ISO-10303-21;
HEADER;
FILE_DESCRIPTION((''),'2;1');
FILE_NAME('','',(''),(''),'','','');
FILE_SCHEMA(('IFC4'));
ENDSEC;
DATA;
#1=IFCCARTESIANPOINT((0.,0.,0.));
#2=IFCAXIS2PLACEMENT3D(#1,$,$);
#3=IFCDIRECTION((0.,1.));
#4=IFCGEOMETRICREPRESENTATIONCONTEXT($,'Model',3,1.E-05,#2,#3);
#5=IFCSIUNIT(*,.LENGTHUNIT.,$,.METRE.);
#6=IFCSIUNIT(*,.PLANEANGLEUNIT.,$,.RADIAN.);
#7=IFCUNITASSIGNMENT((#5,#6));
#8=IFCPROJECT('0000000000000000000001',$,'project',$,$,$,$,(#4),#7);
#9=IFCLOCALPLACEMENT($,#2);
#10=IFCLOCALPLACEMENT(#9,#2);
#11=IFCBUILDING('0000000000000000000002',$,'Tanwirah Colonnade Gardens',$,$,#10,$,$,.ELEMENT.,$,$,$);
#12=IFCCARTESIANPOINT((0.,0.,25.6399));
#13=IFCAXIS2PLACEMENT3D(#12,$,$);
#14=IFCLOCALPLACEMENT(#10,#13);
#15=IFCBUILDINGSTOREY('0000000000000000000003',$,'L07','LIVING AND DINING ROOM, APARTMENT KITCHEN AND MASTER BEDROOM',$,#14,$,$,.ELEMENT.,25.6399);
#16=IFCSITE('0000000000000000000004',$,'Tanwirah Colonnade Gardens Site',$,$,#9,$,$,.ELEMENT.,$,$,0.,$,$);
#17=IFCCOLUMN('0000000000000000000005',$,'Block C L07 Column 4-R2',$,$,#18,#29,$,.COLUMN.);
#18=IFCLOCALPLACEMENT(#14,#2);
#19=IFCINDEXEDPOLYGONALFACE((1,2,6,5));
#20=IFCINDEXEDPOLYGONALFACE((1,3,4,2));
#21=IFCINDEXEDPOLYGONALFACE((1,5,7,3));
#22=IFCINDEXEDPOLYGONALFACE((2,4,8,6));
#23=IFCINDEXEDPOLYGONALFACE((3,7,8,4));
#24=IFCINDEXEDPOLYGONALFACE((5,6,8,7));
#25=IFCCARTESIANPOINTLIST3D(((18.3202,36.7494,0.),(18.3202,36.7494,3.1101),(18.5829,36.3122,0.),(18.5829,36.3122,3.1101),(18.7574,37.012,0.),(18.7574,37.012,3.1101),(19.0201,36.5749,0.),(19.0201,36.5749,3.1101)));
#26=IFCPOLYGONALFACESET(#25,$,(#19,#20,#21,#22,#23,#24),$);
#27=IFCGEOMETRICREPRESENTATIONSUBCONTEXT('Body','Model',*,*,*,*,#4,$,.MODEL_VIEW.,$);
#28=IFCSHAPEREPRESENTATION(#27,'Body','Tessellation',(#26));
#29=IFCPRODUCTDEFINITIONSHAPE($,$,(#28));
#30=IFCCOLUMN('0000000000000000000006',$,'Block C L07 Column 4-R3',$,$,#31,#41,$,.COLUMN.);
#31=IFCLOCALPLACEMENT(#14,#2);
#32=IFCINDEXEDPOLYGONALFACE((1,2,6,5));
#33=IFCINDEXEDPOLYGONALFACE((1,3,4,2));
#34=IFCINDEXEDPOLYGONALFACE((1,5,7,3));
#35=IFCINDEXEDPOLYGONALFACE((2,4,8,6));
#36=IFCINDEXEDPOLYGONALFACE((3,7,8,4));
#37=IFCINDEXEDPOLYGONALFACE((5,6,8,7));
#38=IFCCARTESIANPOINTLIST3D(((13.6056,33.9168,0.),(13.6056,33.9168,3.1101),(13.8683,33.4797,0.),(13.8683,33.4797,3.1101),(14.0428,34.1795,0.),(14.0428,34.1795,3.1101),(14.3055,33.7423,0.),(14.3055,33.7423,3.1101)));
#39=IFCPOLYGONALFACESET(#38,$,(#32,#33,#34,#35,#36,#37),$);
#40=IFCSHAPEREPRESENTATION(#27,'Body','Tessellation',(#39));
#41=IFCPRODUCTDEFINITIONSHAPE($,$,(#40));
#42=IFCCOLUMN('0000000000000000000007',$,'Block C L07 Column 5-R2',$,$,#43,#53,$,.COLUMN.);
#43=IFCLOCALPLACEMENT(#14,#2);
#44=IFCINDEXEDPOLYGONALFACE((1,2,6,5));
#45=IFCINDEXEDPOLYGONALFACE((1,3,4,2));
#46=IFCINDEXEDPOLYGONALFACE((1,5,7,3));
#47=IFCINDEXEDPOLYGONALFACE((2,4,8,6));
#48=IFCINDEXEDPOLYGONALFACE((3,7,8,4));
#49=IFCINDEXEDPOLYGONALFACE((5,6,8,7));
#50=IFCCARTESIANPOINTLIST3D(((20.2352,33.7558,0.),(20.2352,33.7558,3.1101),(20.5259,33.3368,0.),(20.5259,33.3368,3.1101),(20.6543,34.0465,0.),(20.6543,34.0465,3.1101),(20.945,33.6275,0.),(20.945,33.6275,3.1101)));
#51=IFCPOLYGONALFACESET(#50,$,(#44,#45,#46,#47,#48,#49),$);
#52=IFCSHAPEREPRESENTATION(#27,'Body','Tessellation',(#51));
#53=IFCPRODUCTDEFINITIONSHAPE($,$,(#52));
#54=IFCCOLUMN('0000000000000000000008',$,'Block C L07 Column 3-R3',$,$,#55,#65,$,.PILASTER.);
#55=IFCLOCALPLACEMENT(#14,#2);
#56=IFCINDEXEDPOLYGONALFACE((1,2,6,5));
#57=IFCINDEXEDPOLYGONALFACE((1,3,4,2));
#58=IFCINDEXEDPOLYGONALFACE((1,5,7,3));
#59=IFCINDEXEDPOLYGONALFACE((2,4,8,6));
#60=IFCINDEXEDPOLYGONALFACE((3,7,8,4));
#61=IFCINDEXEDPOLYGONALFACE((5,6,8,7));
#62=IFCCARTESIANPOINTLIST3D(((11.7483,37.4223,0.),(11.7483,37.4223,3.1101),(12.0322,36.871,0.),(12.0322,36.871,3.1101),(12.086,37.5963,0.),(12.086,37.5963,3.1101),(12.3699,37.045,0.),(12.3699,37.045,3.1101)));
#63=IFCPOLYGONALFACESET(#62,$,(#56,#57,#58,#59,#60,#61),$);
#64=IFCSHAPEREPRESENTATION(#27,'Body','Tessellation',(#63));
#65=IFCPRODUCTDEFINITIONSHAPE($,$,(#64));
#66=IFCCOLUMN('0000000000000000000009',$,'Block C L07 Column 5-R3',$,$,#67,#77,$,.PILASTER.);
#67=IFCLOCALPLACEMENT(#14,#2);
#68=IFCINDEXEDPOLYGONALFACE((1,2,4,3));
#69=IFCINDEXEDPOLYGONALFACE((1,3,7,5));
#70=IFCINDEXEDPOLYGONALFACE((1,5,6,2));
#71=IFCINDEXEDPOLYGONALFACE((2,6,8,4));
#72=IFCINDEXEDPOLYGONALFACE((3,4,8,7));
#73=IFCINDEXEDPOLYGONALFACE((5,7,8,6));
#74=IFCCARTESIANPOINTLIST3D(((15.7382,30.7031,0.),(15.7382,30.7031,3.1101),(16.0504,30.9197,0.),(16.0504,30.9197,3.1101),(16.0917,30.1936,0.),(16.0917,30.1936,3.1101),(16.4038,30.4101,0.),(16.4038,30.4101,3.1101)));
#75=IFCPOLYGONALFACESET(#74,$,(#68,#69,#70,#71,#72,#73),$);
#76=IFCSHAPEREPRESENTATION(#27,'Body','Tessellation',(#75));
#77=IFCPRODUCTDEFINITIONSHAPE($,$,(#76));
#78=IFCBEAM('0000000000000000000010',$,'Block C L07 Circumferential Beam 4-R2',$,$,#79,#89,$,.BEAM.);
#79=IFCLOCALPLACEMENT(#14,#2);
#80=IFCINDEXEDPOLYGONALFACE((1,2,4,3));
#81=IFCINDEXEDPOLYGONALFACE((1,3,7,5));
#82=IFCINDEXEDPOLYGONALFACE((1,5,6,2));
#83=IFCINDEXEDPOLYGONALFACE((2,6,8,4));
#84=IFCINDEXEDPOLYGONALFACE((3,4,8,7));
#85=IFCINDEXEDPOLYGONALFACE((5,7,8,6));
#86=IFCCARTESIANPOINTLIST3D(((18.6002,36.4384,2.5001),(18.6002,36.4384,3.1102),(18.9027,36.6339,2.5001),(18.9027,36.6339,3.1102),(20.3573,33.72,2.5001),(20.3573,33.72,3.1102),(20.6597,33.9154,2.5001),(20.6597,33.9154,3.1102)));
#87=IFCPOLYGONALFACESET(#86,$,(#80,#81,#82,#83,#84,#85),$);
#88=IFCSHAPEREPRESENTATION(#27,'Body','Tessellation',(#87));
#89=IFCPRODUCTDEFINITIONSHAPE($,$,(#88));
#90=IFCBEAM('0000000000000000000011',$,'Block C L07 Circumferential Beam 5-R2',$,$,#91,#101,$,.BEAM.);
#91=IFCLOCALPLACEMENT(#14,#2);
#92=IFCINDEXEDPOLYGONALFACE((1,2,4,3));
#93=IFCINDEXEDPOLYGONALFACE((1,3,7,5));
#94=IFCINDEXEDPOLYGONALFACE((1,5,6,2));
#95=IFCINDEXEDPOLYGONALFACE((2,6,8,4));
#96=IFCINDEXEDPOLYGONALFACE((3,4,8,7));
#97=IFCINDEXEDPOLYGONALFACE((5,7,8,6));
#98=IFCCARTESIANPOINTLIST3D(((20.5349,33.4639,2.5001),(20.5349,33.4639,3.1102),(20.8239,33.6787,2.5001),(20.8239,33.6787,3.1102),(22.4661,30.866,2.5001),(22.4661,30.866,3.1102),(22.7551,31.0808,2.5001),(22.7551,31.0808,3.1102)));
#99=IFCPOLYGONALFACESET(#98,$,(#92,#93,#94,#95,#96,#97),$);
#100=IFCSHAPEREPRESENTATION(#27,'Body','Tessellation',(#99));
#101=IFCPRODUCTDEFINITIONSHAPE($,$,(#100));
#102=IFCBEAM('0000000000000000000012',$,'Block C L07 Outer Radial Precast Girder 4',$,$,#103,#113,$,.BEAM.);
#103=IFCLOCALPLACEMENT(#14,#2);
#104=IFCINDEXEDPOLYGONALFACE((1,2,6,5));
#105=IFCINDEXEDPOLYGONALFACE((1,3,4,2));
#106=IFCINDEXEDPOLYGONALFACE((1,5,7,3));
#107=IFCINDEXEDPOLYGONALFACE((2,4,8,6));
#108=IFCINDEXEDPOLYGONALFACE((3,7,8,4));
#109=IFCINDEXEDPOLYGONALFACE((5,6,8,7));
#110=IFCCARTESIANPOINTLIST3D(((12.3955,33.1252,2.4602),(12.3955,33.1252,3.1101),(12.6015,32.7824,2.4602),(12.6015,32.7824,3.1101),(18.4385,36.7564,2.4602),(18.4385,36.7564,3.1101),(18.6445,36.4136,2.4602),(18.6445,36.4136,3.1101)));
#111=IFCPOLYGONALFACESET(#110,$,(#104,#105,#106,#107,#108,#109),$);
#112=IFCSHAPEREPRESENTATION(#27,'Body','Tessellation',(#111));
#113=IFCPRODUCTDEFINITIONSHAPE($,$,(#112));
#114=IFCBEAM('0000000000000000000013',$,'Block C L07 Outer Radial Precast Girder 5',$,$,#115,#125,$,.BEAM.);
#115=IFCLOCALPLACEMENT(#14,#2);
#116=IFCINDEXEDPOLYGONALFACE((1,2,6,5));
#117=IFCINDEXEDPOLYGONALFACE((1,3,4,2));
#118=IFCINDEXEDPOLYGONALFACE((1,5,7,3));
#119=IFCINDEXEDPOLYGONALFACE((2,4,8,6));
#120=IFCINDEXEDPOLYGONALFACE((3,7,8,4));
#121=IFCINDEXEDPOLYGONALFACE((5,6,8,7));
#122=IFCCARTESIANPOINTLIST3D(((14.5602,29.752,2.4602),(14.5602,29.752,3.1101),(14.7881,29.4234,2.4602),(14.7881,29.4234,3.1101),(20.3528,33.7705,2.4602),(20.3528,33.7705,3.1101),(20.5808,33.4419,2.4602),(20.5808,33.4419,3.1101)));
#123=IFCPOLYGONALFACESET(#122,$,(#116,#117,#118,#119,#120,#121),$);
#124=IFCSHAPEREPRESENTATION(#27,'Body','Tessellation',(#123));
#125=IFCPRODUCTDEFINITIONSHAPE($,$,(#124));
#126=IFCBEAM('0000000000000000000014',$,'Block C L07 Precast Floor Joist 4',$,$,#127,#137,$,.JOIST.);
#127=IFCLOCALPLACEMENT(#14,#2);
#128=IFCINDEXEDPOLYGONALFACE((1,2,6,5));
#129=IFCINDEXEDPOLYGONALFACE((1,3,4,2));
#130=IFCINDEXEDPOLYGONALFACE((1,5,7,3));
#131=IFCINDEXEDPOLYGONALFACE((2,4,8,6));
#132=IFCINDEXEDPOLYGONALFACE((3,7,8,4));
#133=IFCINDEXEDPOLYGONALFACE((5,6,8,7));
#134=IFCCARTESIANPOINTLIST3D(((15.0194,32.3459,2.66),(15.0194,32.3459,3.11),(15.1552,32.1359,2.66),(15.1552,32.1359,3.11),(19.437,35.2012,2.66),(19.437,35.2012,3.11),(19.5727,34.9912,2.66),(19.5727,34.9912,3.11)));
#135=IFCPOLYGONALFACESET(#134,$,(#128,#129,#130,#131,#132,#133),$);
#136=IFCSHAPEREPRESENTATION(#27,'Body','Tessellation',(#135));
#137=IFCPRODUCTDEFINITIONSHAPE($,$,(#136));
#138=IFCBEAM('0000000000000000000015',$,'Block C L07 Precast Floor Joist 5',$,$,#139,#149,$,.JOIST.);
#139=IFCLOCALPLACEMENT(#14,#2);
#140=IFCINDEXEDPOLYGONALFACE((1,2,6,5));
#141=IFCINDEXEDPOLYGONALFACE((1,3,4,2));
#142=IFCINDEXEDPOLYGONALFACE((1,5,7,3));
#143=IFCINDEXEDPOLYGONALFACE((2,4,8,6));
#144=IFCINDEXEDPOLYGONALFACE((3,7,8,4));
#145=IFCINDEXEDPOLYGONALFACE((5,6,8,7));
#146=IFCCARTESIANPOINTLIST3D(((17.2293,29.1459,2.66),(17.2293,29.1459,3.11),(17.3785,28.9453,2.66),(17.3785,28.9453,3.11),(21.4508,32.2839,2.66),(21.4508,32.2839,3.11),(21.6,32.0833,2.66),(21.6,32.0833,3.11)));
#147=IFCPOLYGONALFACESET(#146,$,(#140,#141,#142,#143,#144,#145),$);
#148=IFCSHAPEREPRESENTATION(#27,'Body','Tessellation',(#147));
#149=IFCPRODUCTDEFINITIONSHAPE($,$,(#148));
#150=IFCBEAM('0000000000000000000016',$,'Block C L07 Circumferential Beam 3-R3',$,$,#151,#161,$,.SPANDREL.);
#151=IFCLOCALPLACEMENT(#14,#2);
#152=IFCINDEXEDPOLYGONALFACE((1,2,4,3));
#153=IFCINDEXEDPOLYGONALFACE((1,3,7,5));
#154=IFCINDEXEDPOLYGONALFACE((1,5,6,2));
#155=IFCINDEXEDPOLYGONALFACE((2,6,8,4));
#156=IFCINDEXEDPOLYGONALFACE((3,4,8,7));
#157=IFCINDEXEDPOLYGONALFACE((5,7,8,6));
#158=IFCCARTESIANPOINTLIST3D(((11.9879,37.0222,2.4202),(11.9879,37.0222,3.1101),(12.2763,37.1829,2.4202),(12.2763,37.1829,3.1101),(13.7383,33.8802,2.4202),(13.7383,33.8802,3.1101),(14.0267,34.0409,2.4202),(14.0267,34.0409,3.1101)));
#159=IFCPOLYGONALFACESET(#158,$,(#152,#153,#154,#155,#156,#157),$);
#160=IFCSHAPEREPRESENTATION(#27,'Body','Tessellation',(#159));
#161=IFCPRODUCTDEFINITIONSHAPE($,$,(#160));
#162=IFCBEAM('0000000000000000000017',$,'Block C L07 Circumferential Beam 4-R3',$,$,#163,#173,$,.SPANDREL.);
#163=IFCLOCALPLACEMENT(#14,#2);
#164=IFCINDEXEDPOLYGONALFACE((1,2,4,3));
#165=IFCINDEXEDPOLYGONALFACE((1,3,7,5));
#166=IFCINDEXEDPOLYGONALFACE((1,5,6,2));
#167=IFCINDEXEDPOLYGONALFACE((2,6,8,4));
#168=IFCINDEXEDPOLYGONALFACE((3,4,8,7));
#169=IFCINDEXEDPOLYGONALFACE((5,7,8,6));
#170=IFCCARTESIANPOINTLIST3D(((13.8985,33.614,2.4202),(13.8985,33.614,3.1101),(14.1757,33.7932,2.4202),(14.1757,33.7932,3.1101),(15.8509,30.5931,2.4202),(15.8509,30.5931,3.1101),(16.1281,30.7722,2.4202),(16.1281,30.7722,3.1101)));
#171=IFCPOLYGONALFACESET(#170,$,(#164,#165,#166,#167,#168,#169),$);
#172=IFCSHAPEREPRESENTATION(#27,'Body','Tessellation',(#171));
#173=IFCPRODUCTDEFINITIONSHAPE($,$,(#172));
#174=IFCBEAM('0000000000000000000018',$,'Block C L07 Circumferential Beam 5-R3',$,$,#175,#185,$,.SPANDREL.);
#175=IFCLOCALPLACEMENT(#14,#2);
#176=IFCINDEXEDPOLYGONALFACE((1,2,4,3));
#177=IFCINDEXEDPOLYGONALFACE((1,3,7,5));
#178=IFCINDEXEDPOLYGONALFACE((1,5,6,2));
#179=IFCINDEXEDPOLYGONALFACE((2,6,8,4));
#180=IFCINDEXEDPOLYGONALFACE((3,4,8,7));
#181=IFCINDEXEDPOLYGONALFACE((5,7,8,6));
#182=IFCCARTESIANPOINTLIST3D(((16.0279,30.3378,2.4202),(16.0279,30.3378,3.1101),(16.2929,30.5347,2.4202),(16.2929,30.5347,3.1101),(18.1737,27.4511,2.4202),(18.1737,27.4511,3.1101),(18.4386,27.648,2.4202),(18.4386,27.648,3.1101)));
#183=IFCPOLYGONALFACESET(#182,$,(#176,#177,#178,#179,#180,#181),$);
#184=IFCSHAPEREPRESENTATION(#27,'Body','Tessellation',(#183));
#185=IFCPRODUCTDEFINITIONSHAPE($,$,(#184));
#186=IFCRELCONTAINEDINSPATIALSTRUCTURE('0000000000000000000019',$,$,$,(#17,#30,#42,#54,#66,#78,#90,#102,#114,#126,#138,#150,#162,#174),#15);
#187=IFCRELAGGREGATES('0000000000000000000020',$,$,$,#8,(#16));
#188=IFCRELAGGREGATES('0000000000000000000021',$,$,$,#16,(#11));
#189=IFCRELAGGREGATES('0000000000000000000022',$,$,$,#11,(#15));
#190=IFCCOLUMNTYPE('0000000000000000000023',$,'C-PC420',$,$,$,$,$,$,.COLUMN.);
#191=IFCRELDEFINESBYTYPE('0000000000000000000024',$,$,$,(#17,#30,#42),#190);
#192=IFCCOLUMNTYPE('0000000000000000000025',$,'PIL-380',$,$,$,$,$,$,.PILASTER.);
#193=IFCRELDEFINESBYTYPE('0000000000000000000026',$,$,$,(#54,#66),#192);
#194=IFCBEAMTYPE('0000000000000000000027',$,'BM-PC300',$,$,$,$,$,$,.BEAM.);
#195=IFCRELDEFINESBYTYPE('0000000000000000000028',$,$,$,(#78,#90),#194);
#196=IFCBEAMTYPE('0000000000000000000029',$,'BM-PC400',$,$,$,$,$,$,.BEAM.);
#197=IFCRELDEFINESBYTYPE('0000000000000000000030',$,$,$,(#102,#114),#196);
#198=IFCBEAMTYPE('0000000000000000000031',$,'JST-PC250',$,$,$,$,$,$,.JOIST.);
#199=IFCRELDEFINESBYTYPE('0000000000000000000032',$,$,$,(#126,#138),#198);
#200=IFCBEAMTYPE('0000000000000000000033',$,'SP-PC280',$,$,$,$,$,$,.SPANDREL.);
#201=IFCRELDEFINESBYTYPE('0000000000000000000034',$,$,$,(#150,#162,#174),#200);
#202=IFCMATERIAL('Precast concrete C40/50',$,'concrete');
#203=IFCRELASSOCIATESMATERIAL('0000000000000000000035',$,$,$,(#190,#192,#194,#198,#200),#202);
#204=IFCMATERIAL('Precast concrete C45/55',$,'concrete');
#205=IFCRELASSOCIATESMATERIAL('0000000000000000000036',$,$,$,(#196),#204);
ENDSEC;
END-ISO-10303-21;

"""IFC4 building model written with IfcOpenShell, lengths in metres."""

from ifc_helpers import new_model, si_unit, direction, frame, origin, origin_2d, place, context, subcontext, project, spatial, rectangle, extrude, material, material_profile, profile_set, type_object, element, save


model = new_model("IFC4")

# Units and contexts
model_context = context("Model", 3, precision=1e-05, world=origin(), true_north=direction((0.0, 1.0)))
body_context = subcontext(model_context, "Body", "Model", "MODEL_VIEW")
ifc_project = project(units=[si_unit("LENGTHUNIT", "METRE"), si_unit("PLANEANGLEUNIT", "RADIAN")], contexts=[model_context])

# Site, building, storey
site_placement = place(None, origin())
site = spatial("IfcSite", under=ifc_project, at=site_placement, Name="Tanwirah Colonnade Gardens Site", CompositionType="ELEMENT", RefElevation=0.0)
building_placement = place(site_placement, origin())
building = spatial("IfcBuilding", under=site, at=building_placement, Name="Tanwirah Colonnade Gardens", CompositionType="ELEMENT")
storey_placement = place(building_placement, frame((0.0, 0.0, 25.6399)))
storey = spatial("IfcBuildingStorey", under=building, at=storey_placement, Name="L07", Description="LIVING AND DINING ROOM, APARTMENT KITCHEN AND MASTER BEDROOM", CompositionType="ELEMENT", Elevation=25.6399)

# Columns
ifc_material_1 = material(Name="Precast concrete C40/50", Category="concrete")
ifc_material_profile_1 = material_profile(ifc_material_1, rectangle(XDim=0.51, YDim=0.51, at=origin_2d()), Name="PC-COL 510x510")
ifc_profile_set_1 = profile_set([ifc_material_profile_1], Name="Precast concrete C40/50")
column_type_1 = type_object("IfcColumnType", Name="C-PC420", PredefinedType="COLUMN", material=ifc_profile_set_1)
for number, where, z_axis, x_axis, name in (
    (1, (18.6702, 36.6621, 0.0), (0.0, 0.0, 1.0), (-0.857167, -0.515038, 0.0), "Block C L07 Column 4-R2"),
    (2, (13.9556, 33.8296, 0.0), (0.0, 0.0, 1.0), (-0.857167, -0.515038, 0.0), "Block C L07 Column 4-R3"),
    (3, (20.5901, 33.6917, 0.0), (0.0, 0.0, 1.0), (-0.821647, -0.569997, 0.0), "Block C L07 Column 5-R2"),
):
    element("IfcColumn", number, at=place(storey_placement, frame(where, z_axis=z_axis, x_axis=x_axis)), inside=storey, type_object=column_type_1, Name=name, PredefinedType="COLUMN", context=body_context, shape_type="SweptSolid", body=[
        extrude(rectangle(XDim=0.51, YDim=0.51, at=origin_2d()), origin(), (0.0, 0.0, 1.0), 3.1101),
    ])
ifc_material_profile_2 = material_profile(ifc_material_1, rectangle(XDim=0.3799, YDim=0.6201, at=origin_2d()), Name="PC-PIL 380x620")
ifc_profile_set_2 = profile_set([ifc_material_profile_2], Name="Precast concrete C40/50")
column_type_2 = type_object("IfcColumnType", Name="PIL-380", PredefinedType="PILASTER", material=ifc_profile_set_2)
for number, where, z_axis, x_axis, name in (
    (4, (12.0591, 37.2336, 0.0), (0.0, 0.0, 1.0), (-0.889017, -0.457874, 0.0), "Block C L07 Column 3-R3"),
    (5, (16.071, 30.5566, 0.0), (0.0, 0.0, 1.0), (-0.821647, -0.569997, 0.0), "Block C L07 Column 5-R3"),
):
    element("IfcColumn", number, at=place(storey_placement, frame(where, z_axis=z_axis, x_axis=x_axis)), inside=storey, type_object=column_type_2, Name=name, PredefinedType="PILASTER", context=body_context, shape_type="SweptSolid", body=[
        extrude(rectangle(XDim=0.3799, YDim=0.6201, at=origin_2d()), origin(), (0.0, 0.0, 1.0), 3.1101),
    ])

# Beams
ifc_material_profile_3 = material_profile(ifc_material_1, rectangle(XDim=0.3601, YDim=0.6101, at=origin_2d()), Name="PC-BM 360x610")
ifc_profile_set_3 = profile_set([ifc_material_profile_3], Name="Precast concrete C40/50")
beam_type_1 = type_object("IfcBeamType", Name="BM-PC300", PredefinedType="BEAM", material=ifc_profile_set_3)
beam_1_placement = place(storey_placement, frame((18.7515, 36.5361, 2.8052), z_axis=(0.542826, -0.839845, 0.0), x_axis=(0.839845, 0.542826, 0.0)))
element("IfcBeam", 6, at=beam_1_placement, inside=storey, type_object=beam_type_1, Name="Block C L07 Circumferential Beam 4-R2", PredefinedType="BEAM", context=body_context, shape_type="SweptSolid", body=[
    extrude(rectangle(XDim=0.3601, YDim=0.6101, at=origin_2d()), origin(), (0.0, 0.0, 1.0), 3.2368),
])
beam_2_placement = place(storey_placement, frame((20.6794, 33.5713, 2.8052), z_axis=(0.596579, -0.802554, 0.0), x_axis=(0.802554, 0.596579, 0.0)))
element("IfcBeam", 7, at=beam_2_placement, inside=storey, type_object=beam_type_1, Name="Block C L07 Circumferential Beam 5-R2", PredefinedType="BEAM", context=body_context, shape_type="SweptSolid", body=[
    extrude(rectangle(XDim=0.3601, YDim=0.6101, at=origin_2d()), origin(), (0.0, 0.0, 1.0), 3.2371),
])
ifc_material_2 = material(Name="Precast concrete C45/55", Category="concrete")
ifc_material_profile_4 = material_profile(ifc_material_2, rectangle(XDim=0.3999, YDim=0.6499, at=origin_2d()), Name="PC-BM 400x650")
ifc_profile_set_4 = profile_set([ifc_material_profile_4], Name="Precast concrete C45/55")
beam_type_2 = type_object("IfcBeamType", Name="BM-PC400", PredefinedType="BEAM", material=ifc_profile_set_4)
for number, where, z_axis, x_axis, name in (
    (8, (18.5415, 36.585, 2.7852), (-0.85716, -0.515051, 0.0), (0.515051, -0.85716, 0.0), "Block C L07 Outer Radial Precast Girder 4"),
    (9, (20.4668, 33.6062, 2.7852), (-0.821647, -0.569997, 0.0), (0.569997, -0.821647, 0.0), "Block C L07 Outer Radial Precast Girder 5"),
):
    element("IfcBeam", number, at=place(storey_placement, frame(where, z_axis=z_axis, x_axis=x_axis)), inside=storey, type_object=beam_type_2, Name=name, PredefinedType="BEAM", context=body_context, shape_type="SweptSolid", body=[
        extrude(rectangle(XDim=0.3999, YDim=0.6499, at=origin_2d()), origin(), (0.0, 0.0, 1.0), 7.05),
    ])
ifc_material_profile_5 = material_profile(ifc_material_1, rectangle(XDim=0.25, YDim=0.45, at=origin_2d()), Name="PC-JST 250x450")
ifc_profile_set_5 = profile_set([ifc_material_profile_5], Name="Precast concrete C40/50")
beam_type_3 = type_object("IfcBeamType", Name="JST-PC250", PredefinedType="JOIST", material=ifc_profile_set_5)
for number, where, z_axis, x_axis, name in (
    (10, (19.5049, 35.0962, 2.885), (-0.839843, -0.54283, 0.0), (0.54283, -0.839843, 0.0), "Block C L07 Precast Floor Joist 4"),
    (11, (21.5254, 32.1836, 2.885), (-0.80256, -0.596571, 0.0), (0.596571, -0.80256, 0.0), "Block C L07 Precast Floor Joist 5"),
):
    element("IfcBeam", number, at=place(storey_placement, frame(where, z_axis=z_axis, x_axis=x_axis)), inside=storey, type_object=beam_type_3, Name=name, PredefinedType="JOIST", context=body_context, shape_type="SweptSolid", body=[
        extrude(rectangle(XDim=0.25, YDim=0.45, at=origin_2d()), origin(), (0.0, 0.0, 1.0), 5.26),
    ])
ifc_material_profile_6 = material_profile(ifc_material_1, rectangle(XDim=0.3301, YDim=0.6899, at=origin_2d()), Name="PC-SP 330x690")
ifc_profile_set_6 = profile_set([ifc_material_profile_6], Name="Precast concrete C40/50")
beam_type_4 = type_object("IfcBeamType", Name="SP-PC280", PredefinedType="SPANDREL", material=ifc_profile_set_6)
beam_3_placement = place(storey_placement, frame((12.1321, 37.1025, 2.7651), z_axis=(0.48668, -0.87358, 0.0), x_axis=(0.87358, 0.48668, 0.0)))
element("IfcBeam", 12, at=beam_3_placement, inside=storey, type_object=beam_type_4, Name="Block C L07 Circumferential Beam 3-R3", PredefinedType="SPANDREL", context=body_context, shape_type="SweptSolid", body=[
    extrude(rectangle(XDim=0.3301, YDim=0.6899, at=origin_2d()), origin(), (0.0, 0.0, 1.0), 3.5967),
])
for number, where, z_axis, x_axis, name in (
    (13, (14.0371, 33.7036, 2.7651), (0.542787, -0.83987, 0.0), (0.83987, 0.542787, 0.0), "Block C L07 Circumferential Beam 4-R3"),
    (14, (16.1604, 30.4363, 2.7651), (0.596563, -0.802566, 0.0), (0.802566, 0.596563, 0.0), "Block C L07 Circumferential Beam 5-R3"),
):
    element("IfcBeam", number, at=place(storey_placement, frame(where, z_axis=z_axis, x_axis=x_axis)), inside=storey, type_object=beam_type_4, Name=name, PredefinedType="SPANDREL", context=body_context, shape_type="SweptSolid", body=[
        extrude(rectangle(XDim=0.3301, YDim=0.6899, at=origin_2d()), origin(), (0.0, 0.0, 1.0), 3.5969),
    ])

save(model, "model.ifc")
